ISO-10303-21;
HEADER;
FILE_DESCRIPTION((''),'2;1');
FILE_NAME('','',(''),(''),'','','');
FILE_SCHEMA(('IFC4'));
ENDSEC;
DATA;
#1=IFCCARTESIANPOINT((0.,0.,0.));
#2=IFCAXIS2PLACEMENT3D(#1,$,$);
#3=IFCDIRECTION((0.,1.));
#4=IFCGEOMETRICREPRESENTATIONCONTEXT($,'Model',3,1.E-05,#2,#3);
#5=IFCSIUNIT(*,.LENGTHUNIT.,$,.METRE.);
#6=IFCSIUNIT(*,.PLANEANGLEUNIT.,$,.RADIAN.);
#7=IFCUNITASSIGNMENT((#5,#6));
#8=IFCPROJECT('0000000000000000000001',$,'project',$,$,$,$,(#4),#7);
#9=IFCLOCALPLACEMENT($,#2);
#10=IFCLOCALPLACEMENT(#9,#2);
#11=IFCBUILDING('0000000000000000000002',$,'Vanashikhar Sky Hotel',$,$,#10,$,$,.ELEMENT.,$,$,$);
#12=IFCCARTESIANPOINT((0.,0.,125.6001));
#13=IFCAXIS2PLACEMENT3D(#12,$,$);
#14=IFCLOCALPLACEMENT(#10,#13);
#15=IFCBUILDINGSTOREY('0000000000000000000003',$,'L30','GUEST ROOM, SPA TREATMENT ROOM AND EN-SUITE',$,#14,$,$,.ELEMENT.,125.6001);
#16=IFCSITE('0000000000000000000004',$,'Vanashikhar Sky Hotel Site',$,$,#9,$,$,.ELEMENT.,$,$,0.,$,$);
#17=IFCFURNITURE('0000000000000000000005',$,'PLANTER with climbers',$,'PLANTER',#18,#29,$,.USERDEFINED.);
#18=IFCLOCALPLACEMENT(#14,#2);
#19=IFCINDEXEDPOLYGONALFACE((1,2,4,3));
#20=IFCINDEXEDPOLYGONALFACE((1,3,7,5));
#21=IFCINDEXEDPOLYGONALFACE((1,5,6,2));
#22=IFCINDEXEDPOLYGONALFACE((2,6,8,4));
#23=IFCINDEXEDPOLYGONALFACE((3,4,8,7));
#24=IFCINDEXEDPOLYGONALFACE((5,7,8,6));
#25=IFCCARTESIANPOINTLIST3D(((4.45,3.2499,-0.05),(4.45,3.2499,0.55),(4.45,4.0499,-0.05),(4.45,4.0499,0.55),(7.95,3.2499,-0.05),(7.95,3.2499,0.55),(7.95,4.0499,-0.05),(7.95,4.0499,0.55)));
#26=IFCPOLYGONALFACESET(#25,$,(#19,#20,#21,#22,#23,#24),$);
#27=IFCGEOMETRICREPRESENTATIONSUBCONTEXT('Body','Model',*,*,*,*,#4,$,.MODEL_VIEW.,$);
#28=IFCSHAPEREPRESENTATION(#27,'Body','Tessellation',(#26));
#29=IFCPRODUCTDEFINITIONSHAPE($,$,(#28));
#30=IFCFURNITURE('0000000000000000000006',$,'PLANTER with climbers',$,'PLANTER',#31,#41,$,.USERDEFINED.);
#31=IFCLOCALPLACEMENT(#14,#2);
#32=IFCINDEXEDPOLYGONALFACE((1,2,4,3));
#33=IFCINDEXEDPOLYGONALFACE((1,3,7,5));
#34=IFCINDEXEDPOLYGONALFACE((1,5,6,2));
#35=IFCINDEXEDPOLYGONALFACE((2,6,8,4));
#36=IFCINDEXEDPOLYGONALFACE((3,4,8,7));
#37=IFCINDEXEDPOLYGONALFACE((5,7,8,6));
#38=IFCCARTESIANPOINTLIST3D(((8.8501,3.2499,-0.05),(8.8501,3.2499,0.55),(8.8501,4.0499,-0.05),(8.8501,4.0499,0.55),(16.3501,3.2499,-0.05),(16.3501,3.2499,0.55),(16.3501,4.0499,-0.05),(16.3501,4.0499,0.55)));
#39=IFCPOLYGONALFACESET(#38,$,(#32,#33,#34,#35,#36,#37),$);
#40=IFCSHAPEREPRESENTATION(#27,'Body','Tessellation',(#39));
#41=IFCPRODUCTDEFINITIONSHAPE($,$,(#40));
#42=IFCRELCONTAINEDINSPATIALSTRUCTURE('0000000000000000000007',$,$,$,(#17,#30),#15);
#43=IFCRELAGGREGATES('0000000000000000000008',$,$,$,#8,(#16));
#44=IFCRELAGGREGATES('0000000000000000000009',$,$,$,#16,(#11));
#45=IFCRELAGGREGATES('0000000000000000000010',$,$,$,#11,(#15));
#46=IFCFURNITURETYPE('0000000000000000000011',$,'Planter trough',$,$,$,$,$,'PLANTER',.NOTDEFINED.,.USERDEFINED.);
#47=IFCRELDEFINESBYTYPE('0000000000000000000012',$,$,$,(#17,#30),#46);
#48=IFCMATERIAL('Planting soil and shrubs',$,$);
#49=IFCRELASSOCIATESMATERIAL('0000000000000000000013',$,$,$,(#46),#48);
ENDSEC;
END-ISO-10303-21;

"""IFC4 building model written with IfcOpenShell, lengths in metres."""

from ifc_helpers import new_model, si_unit, direction, frame, origin, origin_2d, place, context, subcontext, project, spatial, rectangle, extrude, source, transform, mapped, material, type_object, element, save


model = new_model("IFC4")

# Units and contexts
model_context = context("Model", 3, precision=1e-05, world=origin(), true_north=direction((0.0, 1.0)))
body_context = subcontext(model_context, "Body", "Model", "MODEL_VIEW")
ifc_project = project(units=[si_unit("LENGTHUNIT", "METRE"), si_unit("PLANEANGLEUNIT", "RADIAN")], contexts=[model_context])

# Site, building, storey
site_placement = place(None, origin())
site = spatial("IfcSite", under=ifc_project, at=site_placement, Name="Vanashikhar Sky Hotel Site", CompositionType="ELEMENT", RefElevation=0.0)
building_placement = place(site_placement, origin())
building = spatial("IfcBuilding", under=site, at=building_placement, Name="Vanashikhar Sky Hotel", CompositionType="ELEMENT")
storey_placement = place(building_placement, frame((0.0, 0.0, 125.6001)))
storey = spatial("IfcBuildingStorey", under=building, at=storey_placement, Name="L30", Description="GUEST ROOM, SPA TREATMENT ROOM AND EN-SUITE", CompositionType="ELEMENT", Elevation=125.6001)

# Furniture
ifc_material_1 = material(Name="Planting soil and shrubs")
furniture_type = type_object("IfcFurnitureType", Name="Planter trough", ElementType="PLANTER", AssemblyPlace="NOTDEFINED", PredefinedType="USERDEFINED", material=ifc_material_1)
shared_shape_1 = source(origin(), body_context, "Body", "SweptSolid", [
    extrude(rectangle(XDim=3.5, YDim=0.8, at=origin_2d()), origin(), (0.0, 0.0, 1.0), 0.6001),
])
furniture_1_placement = place(storey_placement, frame((6.2, 3.6499, -0.05), z_axis=(0.0, 0.0, 1.0), x_axis=(1.0, 0.0, 0.0)))
element("IfcFurniture", 1, at=furniture_1_placement, inside=storey, type_object=furniture_type, Name="PLANTER with climbers", ObjectType="PLANTER", PredefinedType="USERDEFINED", context=body_context, shape_type="MappedRepresentation", body=[
    mapped(shared_shape_1, transform((0.0, 0.0, 0.0), scale=1.0)),
])
shared_shape_2 = source(origin(), body_context, "Body", "SweptSolid", [
    extrude(rectangle(XDim=7.5, YDim=0.8, at=origin_2d()), origin(), (0.0, 0.0, 1.0), 0.6001),
])
furniture_2_placement = place(storey_placement, frame((12.6001, 3.6499, -0.05), z_axis=(0.0, 0.0, 1.0), x_axis=(1.0, 0.0, 0.0)))
element("IfcFurniture", 2, at=furniture_2_placement, inside=storey, type_object=furniture_type, Name="PLANTER with climbers", ObjectType="PLANTER", PredefinedType="USERDEFINED", context=body_context, shape_type="MappedRepresentation", body=[
    mapped(shared_shape_2, transform((0.0, 0.0, 0.0), scale=1.0)),
])

save(model, "model.ifc")
